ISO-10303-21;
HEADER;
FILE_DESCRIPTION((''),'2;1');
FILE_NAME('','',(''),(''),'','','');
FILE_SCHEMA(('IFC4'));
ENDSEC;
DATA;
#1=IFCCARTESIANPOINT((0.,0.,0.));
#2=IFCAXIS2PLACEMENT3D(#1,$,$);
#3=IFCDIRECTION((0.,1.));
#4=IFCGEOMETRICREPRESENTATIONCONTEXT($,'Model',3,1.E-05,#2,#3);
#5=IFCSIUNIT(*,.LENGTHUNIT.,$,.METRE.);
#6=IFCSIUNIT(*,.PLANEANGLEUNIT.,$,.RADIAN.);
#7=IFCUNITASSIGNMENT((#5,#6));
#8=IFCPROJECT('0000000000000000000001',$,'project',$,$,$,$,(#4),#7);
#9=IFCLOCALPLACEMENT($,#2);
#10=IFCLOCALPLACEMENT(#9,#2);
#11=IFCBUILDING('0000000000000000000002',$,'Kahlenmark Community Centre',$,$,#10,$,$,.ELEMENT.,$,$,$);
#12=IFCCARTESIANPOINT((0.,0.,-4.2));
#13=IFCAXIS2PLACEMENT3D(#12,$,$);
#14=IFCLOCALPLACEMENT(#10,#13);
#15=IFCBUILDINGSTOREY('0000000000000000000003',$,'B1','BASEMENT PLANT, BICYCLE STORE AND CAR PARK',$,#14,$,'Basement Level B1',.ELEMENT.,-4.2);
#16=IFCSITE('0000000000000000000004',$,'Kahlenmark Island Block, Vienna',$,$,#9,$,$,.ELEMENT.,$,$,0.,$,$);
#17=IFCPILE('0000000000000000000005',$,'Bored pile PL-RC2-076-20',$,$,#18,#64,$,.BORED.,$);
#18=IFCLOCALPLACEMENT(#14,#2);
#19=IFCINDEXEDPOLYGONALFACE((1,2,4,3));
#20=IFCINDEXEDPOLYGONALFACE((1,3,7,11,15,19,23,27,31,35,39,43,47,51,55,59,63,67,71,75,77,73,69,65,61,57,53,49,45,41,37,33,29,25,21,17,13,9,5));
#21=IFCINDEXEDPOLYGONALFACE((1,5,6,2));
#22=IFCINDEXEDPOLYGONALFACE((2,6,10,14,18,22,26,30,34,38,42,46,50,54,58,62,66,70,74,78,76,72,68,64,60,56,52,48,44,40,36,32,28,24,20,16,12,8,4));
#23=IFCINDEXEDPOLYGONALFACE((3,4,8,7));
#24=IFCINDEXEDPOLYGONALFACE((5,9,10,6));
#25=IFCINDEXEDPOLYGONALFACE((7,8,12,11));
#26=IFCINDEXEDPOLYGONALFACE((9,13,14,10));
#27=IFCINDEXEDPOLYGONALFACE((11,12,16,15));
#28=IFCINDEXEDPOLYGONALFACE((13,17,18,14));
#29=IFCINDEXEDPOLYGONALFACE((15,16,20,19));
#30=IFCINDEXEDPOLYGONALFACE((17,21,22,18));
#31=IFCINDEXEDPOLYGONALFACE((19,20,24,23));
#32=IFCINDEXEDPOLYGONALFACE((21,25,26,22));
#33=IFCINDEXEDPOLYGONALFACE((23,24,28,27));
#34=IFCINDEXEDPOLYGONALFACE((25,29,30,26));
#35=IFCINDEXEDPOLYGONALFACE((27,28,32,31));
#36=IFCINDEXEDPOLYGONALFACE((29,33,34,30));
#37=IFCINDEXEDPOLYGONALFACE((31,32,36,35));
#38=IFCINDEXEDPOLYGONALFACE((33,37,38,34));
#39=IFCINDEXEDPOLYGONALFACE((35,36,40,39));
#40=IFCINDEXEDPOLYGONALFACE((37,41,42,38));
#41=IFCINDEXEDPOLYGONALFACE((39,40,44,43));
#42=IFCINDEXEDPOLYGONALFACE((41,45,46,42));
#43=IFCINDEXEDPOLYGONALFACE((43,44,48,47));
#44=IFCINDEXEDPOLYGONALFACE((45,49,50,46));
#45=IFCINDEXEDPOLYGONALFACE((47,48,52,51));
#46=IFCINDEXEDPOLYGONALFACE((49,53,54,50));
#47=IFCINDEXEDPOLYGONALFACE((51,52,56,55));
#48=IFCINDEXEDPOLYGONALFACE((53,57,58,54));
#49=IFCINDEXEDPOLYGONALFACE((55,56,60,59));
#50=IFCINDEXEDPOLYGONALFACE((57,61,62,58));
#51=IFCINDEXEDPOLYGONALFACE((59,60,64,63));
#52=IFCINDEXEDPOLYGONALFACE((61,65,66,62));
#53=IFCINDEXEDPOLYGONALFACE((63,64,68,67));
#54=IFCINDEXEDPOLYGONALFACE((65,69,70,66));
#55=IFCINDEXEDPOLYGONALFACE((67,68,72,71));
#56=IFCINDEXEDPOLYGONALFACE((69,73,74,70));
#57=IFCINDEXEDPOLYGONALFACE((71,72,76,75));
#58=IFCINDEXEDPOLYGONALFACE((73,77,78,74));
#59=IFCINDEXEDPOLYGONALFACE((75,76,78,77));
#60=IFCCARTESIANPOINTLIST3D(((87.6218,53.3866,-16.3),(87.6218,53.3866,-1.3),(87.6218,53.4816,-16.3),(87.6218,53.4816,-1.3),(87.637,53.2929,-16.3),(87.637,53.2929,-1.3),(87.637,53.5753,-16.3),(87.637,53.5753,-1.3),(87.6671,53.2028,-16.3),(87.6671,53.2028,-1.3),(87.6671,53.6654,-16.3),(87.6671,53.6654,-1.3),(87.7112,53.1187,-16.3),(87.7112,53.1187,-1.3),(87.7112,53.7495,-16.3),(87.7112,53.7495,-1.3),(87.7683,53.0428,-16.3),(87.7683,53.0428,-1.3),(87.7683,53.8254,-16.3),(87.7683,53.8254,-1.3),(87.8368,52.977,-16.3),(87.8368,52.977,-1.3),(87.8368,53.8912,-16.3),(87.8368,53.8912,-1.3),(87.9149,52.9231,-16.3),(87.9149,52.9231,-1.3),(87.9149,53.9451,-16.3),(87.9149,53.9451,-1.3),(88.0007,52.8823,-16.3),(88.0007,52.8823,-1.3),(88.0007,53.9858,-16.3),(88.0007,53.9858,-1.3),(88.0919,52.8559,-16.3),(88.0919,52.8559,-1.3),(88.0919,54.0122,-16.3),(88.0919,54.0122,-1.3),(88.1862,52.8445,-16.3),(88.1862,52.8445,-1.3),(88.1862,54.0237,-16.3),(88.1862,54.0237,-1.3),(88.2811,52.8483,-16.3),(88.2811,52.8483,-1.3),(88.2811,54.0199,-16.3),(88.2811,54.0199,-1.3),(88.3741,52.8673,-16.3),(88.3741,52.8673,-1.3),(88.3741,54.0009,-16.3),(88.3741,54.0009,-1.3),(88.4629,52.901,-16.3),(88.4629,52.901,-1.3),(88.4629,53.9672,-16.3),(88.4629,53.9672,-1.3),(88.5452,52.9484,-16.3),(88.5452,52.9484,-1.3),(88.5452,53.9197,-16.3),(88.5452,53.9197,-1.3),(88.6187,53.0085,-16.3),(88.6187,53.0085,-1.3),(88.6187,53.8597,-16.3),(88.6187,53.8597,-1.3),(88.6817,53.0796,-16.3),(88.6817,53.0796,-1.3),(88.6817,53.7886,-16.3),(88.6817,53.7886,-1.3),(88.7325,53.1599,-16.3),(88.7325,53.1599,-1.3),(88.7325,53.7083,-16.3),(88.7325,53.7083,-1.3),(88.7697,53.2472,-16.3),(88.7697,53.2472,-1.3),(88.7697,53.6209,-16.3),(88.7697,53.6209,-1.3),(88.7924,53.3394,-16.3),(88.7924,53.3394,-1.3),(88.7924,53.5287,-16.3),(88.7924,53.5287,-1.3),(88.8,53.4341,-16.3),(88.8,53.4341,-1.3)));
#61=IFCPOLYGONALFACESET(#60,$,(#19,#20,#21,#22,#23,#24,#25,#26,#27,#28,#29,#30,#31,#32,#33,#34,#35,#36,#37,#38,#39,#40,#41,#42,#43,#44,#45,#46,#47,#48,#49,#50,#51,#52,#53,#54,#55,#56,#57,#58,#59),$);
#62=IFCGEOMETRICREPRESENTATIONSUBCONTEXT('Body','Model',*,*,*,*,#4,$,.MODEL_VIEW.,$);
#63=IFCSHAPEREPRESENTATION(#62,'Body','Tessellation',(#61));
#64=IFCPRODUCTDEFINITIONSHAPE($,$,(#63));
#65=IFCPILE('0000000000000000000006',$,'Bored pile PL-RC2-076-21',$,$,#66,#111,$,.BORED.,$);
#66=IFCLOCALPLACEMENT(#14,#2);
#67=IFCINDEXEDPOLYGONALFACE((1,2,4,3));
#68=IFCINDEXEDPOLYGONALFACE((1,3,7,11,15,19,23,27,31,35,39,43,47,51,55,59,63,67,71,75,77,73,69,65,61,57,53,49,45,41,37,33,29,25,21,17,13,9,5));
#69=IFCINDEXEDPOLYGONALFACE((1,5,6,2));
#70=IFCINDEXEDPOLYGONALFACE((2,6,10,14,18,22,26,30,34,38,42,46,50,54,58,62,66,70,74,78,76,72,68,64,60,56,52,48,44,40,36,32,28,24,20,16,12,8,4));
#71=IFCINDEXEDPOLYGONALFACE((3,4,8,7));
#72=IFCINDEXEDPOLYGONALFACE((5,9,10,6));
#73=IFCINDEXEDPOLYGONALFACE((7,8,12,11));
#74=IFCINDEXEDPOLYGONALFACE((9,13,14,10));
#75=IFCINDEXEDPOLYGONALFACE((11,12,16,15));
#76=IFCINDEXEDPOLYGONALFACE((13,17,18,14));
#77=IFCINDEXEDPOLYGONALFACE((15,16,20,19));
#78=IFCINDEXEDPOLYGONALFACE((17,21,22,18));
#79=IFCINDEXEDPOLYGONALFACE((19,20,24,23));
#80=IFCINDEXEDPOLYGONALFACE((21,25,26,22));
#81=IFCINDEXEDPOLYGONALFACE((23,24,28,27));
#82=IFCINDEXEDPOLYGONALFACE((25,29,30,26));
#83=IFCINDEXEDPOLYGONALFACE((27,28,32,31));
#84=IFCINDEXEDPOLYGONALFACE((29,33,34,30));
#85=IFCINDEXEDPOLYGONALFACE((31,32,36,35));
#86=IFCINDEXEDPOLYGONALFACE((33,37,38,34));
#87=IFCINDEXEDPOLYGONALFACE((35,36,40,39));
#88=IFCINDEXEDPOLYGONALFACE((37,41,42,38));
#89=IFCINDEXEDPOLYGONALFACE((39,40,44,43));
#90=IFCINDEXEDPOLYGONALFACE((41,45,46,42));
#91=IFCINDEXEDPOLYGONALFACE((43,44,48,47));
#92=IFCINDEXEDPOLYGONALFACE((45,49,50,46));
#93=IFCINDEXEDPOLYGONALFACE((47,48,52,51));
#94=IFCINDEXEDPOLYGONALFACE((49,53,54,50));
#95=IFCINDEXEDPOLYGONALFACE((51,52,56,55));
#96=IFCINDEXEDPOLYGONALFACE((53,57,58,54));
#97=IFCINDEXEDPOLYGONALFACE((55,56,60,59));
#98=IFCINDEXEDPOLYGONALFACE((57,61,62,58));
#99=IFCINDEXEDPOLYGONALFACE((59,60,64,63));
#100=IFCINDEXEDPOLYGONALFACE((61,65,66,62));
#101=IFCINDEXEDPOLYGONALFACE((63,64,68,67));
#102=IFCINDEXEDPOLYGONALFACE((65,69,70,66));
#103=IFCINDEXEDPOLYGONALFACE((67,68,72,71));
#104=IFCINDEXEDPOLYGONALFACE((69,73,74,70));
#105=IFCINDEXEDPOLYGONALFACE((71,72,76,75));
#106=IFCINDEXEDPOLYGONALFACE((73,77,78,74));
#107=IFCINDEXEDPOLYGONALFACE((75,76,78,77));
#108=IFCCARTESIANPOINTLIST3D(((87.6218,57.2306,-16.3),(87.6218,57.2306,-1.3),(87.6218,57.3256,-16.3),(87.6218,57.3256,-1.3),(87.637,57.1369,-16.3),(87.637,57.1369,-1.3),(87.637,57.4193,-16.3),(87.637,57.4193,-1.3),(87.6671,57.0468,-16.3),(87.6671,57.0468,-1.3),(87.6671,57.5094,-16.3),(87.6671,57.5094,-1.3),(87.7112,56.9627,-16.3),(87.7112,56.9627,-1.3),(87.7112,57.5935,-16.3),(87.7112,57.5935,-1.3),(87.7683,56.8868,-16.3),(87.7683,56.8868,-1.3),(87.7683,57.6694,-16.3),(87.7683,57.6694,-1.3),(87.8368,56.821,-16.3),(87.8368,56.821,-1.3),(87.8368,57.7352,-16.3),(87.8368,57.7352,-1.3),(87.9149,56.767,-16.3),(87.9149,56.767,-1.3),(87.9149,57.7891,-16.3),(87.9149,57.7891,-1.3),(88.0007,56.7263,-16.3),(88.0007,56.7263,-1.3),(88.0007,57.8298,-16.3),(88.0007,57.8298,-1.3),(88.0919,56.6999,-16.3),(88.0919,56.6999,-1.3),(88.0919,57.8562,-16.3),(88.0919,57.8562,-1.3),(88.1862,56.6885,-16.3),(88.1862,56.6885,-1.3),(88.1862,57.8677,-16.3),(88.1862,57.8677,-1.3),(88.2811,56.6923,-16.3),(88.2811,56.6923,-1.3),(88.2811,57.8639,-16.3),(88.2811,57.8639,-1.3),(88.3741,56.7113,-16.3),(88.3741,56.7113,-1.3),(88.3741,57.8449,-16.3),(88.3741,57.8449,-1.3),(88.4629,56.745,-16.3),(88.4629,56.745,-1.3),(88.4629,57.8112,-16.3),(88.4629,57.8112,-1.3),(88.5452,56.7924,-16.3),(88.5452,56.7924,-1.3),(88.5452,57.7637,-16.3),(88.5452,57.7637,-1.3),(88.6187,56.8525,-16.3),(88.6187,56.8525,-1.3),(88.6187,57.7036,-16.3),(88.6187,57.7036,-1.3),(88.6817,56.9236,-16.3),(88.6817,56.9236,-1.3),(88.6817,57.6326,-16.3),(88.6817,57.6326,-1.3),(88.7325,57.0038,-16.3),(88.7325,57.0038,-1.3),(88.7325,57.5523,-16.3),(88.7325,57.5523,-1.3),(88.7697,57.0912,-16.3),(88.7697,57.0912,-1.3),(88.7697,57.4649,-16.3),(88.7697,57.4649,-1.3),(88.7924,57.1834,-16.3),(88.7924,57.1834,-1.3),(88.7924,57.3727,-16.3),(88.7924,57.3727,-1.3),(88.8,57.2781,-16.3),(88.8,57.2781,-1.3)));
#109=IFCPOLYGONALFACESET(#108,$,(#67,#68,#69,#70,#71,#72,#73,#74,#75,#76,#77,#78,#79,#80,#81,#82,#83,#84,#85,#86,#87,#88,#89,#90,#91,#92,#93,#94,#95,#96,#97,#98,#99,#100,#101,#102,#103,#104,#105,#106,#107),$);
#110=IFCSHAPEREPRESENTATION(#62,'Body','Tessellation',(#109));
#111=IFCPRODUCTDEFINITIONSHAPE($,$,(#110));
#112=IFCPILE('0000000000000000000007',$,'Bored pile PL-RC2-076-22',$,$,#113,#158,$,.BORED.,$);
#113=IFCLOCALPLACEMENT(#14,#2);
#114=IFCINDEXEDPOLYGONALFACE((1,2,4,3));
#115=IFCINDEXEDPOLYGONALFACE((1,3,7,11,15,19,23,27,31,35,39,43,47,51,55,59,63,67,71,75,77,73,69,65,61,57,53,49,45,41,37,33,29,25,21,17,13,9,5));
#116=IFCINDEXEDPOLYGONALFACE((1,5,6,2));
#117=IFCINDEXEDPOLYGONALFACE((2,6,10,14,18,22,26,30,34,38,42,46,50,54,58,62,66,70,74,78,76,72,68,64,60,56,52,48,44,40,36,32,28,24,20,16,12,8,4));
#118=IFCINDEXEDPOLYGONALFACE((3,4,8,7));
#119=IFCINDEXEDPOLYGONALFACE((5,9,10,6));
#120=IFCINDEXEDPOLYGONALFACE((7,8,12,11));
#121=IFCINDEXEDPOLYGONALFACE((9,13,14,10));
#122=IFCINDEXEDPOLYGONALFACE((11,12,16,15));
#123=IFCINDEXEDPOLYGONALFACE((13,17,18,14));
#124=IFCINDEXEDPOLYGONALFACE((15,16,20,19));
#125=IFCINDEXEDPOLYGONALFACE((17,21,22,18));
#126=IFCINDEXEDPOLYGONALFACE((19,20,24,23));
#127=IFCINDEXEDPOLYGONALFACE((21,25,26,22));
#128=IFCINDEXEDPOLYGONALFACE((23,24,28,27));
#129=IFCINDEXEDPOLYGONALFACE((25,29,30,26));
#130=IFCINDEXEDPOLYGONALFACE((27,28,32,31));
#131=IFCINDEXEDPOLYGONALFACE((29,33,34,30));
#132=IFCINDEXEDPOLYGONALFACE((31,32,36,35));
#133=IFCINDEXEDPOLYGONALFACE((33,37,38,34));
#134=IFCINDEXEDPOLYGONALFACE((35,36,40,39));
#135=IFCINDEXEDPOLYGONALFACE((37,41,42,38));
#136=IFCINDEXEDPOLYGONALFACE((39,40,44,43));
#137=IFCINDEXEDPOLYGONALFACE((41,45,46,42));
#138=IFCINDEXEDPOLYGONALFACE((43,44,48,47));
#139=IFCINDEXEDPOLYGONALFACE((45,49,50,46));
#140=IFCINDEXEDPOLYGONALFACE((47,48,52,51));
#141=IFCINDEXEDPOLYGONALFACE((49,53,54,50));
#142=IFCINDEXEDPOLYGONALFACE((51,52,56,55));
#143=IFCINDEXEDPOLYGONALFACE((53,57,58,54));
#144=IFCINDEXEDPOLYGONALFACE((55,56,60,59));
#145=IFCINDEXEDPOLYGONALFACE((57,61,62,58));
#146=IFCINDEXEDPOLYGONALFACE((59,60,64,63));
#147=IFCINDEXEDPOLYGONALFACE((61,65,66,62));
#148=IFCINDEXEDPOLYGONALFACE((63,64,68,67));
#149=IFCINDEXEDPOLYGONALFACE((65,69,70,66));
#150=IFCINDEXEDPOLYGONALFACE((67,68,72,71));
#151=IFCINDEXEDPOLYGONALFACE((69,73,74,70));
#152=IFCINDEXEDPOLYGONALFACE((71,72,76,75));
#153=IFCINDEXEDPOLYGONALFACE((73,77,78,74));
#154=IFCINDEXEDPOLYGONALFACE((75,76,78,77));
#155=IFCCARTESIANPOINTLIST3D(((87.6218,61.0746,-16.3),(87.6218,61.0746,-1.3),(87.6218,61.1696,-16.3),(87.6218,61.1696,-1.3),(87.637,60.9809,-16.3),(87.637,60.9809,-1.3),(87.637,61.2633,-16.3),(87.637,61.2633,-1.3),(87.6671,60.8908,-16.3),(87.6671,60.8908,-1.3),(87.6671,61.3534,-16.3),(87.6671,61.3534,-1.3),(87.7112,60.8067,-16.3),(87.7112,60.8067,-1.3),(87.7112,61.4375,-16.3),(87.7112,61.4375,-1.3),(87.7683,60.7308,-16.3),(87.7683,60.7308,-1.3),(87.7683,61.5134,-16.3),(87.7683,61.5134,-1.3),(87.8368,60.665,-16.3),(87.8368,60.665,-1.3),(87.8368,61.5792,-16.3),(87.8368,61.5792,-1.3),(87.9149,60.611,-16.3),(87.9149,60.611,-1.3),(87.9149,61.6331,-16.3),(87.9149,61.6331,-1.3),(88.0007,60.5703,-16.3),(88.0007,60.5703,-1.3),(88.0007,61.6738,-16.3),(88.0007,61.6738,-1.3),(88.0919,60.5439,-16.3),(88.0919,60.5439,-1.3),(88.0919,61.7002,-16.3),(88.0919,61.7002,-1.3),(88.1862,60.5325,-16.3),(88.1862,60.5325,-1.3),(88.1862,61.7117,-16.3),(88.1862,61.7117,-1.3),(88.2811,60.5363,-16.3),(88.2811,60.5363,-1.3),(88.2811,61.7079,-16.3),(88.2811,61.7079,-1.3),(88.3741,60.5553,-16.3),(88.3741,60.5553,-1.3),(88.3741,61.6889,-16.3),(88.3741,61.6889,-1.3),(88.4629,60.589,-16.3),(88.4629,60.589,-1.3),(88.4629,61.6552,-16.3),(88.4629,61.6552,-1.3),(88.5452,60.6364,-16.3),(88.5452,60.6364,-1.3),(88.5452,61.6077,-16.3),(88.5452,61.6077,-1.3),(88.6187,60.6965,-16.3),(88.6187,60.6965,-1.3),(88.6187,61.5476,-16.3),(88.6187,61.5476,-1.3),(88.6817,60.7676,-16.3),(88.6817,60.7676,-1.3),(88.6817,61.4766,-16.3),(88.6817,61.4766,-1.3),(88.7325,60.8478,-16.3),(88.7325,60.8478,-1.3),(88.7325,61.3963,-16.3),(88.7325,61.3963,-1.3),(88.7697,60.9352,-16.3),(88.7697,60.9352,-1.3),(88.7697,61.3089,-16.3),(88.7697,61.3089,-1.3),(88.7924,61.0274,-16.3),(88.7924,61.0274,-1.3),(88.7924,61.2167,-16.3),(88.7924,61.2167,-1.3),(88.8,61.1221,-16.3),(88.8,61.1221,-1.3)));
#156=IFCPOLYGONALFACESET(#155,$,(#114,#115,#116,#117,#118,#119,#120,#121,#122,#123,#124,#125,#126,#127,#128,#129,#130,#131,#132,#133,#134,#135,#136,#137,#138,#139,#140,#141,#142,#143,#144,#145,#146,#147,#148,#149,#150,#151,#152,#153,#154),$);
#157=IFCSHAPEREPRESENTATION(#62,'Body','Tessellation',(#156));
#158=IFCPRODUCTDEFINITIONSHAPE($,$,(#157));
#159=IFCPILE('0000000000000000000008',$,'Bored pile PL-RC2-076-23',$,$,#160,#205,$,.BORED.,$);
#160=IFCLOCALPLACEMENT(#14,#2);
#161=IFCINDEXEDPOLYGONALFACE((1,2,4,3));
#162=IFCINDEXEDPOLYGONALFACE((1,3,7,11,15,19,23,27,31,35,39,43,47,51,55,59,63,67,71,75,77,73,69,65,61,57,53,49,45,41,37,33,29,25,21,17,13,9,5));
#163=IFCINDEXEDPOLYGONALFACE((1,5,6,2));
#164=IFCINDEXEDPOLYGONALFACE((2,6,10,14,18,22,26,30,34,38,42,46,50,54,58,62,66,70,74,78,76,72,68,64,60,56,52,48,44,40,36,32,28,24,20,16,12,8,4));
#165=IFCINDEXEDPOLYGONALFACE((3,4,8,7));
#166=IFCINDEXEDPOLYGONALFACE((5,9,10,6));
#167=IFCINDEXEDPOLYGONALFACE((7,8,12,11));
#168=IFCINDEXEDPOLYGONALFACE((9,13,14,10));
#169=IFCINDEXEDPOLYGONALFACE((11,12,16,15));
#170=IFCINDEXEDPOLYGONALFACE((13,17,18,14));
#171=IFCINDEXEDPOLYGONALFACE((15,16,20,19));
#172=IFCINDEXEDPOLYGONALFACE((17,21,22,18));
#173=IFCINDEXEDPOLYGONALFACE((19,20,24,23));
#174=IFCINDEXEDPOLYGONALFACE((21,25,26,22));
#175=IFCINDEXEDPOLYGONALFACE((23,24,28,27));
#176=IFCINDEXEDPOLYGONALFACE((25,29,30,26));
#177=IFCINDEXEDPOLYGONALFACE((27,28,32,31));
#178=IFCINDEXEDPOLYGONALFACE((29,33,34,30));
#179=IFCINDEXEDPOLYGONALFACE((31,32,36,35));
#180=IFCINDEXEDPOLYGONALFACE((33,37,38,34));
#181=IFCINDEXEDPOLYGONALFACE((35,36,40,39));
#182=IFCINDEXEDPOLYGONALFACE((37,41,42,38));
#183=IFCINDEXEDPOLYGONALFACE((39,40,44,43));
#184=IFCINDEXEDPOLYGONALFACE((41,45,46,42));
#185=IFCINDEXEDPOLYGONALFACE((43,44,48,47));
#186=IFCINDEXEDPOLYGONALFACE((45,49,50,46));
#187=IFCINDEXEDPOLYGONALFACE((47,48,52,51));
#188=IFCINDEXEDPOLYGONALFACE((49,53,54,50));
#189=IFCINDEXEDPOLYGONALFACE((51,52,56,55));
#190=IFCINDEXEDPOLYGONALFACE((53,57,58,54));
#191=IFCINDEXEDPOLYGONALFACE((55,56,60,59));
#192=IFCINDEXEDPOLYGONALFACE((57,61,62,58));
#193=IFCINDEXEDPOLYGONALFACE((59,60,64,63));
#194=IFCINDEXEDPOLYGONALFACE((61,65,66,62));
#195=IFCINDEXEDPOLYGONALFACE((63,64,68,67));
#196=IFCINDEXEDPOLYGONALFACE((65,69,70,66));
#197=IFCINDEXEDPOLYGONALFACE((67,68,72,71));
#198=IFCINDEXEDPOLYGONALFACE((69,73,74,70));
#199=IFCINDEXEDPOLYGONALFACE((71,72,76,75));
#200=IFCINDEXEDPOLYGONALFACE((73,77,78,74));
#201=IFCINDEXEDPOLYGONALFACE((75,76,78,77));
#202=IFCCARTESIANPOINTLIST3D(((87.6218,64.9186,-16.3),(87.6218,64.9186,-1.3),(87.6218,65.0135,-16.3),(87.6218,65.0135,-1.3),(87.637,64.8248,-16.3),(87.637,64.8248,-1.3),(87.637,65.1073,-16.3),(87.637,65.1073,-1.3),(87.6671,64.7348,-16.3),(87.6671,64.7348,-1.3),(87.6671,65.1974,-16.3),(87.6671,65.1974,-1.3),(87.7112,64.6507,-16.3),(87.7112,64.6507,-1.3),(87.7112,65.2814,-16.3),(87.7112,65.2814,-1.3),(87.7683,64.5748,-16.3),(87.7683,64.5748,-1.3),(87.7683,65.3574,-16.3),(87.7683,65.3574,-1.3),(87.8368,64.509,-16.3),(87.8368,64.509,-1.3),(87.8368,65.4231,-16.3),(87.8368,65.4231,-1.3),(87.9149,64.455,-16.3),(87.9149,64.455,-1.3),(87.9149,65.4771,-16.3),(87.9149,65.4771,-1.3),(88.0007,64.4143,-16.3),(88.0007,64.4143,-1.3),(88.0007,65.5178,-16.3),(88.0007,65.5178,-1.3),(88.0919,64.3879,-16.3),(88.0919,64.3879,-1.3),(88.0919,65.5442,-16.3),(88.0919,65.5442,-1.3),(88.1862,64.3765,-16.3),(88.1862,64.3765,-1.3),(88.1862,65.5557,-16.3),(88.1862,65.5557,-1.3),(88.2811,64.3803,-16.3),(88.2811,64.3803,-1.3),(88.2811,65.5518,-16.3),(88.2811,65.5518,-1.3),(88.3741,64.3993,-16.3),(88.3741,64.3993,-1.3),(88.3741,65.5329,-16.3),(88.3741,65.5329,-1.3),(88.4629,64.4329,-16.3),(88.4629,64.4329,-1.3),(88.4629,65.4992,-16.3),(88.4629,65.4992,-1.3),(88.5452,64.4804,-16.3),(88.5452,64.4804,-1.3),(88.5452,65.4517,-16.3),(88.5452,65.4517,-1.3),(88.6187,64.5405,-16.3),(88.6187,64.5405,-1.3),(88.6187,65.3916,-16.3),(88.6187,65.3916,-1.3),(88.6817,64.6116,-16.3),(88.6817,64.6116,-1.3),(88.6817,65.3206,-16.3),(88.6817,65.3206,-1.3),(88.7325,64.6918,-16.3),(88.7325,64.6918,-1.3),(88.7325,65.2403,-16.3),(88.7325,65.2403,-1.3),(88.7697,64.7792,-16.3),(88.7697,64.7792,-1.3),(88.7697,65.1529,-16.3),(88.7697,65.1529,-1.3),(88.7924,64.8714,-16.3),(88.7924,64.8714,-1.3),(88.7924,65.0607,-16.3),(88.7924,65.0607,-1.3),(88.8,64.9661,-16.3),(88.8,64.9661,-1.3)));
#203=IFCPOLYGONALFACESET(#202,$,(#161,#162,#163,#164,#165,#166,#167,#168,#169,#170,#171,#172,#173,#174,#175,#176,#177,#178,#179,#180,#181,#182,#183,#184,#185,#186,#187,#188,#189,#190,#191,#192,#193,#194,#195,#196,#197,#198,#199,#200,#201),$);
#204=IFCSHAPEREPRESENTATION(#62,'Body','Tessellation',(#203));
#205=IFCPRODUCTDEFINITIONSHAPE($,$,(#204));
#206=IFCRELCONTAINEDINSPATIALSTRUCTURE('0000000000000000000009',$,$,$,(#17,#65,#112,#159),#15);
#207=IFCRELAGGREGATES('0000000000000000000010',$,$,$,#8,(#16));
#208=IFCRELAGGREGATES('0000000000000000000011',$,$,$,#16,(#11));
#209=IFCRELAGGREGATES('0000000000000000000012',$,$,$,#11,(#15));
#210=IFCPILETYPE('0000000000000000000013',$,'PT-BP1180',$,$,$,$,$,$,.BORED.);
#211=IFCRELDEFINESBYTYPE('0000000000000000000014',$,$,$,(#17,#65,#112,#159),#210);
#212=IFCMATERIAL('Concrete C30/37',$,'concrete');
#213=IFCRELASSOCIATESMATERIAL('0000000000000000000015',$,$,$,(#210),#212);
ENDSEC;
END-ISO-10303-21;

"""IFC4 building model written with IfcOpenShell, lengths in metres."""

from ifc_helpers import new_model, si_unit, direction, frame, origin, origin_2d, place, context, subcontext, project, spatial, circle, extrude, material, material_profile, profile_set, type_object, element, save


model = new_model("IFC4")

# Units and contexts
model_context = context("Model", 3, precision=1e-05, world=origin(), true_north=direction((0.0, 1.0)))
body_context = subcontext(model_context, "Body", "Model", "MODEL_VIEW")
ifc_project = project(units=[si_unit("LENGTHUNIT", "METRE"), si_unit("PLANEANGLEUNIT", "RADIAN")], contexts=[model_context])

# Site, building, storey
site_placement = place(None, origin())
site = spatial("IfcSite", under=ifc_project, at=site_placement, Name="Kahlenmark Island Block, Vienna", CompositionType="ELEMENT", RefElevation=0.0)
building_placement = place(site_placement, origin())
building = spatial("IfcBuilding", under=site, at=building_placement, Name="Kahlenmark Community Centre", CompositionType="ELEMENT")
storey_placement = place(building_placement, frame((0.0, 0.0, -4.2)))
storey = spatial("IfcBuildingStorey", under=building, at=storey_placement, Name="B1", Description="BASEMENT PLANT, BICYCLE STORE AND CAR PARK", LongName="Basement Level B1", CompositionType="ELEMENT", Elevation=-4.2)

# Shared definitions
ifc_material_1 = material(Name="Concrete C30/37", Category="concrete")

# Piles
ifc_material_profile_1 = material_profile(ifc_material_1, circle(Radius=0.5901, at=origin_2d()), Name="BORED PILE 1180")
ifc_profile_set_1 = profile_set([ifc_material_profile_1], Name="Concrete C30/37")
pile_type_1 = type_object("IfcPileType", Name="PT-BP1180", PredefinedType="BORED", material=ifc_profile_set_1)
for number, where, z_axis, x_axis, name in (
    (1, (88.21, 53.4341, -1.3), (0.0, 0.0, -1.0), (1.0, 0.0, 0.0), "Bored pile PL-RC2-076-20"),
    (2, (88.21, 57.2781, -1.3), (0.0, 0.0, -1.0), (1.0, 0.0, 0.0), "Bored pile PL-RC2-076-21"),
    (3, (88.21, 61.1221, -1.3), (0.0, 0.0, -1.0), (1.0, 0.0, 0.0), "Bored pile PL-RC2-076-22"),
    (4, (88.21, 64.9661, -1.3), (0.0, 0.0, -1.0), (1.0, 0.0, 0.0), "Bored pile PL-RC2-076-23"),
):
    element("IfcPile", number, at=place(storey_placement, frame(where, z_axis=z_axis, x_axis=x_axis)), inside=storey, type_object=pile_type_1, Name=name, PredefinedType="BORED", context=body_context, shape_type="SweptSolid", body=[
        extrude(circle(Radius=0.5901, at=origin_2d()), origin(), (0.0, 0.0, 1.0), 15.0),
    ])

save(model, "model.ifc")
